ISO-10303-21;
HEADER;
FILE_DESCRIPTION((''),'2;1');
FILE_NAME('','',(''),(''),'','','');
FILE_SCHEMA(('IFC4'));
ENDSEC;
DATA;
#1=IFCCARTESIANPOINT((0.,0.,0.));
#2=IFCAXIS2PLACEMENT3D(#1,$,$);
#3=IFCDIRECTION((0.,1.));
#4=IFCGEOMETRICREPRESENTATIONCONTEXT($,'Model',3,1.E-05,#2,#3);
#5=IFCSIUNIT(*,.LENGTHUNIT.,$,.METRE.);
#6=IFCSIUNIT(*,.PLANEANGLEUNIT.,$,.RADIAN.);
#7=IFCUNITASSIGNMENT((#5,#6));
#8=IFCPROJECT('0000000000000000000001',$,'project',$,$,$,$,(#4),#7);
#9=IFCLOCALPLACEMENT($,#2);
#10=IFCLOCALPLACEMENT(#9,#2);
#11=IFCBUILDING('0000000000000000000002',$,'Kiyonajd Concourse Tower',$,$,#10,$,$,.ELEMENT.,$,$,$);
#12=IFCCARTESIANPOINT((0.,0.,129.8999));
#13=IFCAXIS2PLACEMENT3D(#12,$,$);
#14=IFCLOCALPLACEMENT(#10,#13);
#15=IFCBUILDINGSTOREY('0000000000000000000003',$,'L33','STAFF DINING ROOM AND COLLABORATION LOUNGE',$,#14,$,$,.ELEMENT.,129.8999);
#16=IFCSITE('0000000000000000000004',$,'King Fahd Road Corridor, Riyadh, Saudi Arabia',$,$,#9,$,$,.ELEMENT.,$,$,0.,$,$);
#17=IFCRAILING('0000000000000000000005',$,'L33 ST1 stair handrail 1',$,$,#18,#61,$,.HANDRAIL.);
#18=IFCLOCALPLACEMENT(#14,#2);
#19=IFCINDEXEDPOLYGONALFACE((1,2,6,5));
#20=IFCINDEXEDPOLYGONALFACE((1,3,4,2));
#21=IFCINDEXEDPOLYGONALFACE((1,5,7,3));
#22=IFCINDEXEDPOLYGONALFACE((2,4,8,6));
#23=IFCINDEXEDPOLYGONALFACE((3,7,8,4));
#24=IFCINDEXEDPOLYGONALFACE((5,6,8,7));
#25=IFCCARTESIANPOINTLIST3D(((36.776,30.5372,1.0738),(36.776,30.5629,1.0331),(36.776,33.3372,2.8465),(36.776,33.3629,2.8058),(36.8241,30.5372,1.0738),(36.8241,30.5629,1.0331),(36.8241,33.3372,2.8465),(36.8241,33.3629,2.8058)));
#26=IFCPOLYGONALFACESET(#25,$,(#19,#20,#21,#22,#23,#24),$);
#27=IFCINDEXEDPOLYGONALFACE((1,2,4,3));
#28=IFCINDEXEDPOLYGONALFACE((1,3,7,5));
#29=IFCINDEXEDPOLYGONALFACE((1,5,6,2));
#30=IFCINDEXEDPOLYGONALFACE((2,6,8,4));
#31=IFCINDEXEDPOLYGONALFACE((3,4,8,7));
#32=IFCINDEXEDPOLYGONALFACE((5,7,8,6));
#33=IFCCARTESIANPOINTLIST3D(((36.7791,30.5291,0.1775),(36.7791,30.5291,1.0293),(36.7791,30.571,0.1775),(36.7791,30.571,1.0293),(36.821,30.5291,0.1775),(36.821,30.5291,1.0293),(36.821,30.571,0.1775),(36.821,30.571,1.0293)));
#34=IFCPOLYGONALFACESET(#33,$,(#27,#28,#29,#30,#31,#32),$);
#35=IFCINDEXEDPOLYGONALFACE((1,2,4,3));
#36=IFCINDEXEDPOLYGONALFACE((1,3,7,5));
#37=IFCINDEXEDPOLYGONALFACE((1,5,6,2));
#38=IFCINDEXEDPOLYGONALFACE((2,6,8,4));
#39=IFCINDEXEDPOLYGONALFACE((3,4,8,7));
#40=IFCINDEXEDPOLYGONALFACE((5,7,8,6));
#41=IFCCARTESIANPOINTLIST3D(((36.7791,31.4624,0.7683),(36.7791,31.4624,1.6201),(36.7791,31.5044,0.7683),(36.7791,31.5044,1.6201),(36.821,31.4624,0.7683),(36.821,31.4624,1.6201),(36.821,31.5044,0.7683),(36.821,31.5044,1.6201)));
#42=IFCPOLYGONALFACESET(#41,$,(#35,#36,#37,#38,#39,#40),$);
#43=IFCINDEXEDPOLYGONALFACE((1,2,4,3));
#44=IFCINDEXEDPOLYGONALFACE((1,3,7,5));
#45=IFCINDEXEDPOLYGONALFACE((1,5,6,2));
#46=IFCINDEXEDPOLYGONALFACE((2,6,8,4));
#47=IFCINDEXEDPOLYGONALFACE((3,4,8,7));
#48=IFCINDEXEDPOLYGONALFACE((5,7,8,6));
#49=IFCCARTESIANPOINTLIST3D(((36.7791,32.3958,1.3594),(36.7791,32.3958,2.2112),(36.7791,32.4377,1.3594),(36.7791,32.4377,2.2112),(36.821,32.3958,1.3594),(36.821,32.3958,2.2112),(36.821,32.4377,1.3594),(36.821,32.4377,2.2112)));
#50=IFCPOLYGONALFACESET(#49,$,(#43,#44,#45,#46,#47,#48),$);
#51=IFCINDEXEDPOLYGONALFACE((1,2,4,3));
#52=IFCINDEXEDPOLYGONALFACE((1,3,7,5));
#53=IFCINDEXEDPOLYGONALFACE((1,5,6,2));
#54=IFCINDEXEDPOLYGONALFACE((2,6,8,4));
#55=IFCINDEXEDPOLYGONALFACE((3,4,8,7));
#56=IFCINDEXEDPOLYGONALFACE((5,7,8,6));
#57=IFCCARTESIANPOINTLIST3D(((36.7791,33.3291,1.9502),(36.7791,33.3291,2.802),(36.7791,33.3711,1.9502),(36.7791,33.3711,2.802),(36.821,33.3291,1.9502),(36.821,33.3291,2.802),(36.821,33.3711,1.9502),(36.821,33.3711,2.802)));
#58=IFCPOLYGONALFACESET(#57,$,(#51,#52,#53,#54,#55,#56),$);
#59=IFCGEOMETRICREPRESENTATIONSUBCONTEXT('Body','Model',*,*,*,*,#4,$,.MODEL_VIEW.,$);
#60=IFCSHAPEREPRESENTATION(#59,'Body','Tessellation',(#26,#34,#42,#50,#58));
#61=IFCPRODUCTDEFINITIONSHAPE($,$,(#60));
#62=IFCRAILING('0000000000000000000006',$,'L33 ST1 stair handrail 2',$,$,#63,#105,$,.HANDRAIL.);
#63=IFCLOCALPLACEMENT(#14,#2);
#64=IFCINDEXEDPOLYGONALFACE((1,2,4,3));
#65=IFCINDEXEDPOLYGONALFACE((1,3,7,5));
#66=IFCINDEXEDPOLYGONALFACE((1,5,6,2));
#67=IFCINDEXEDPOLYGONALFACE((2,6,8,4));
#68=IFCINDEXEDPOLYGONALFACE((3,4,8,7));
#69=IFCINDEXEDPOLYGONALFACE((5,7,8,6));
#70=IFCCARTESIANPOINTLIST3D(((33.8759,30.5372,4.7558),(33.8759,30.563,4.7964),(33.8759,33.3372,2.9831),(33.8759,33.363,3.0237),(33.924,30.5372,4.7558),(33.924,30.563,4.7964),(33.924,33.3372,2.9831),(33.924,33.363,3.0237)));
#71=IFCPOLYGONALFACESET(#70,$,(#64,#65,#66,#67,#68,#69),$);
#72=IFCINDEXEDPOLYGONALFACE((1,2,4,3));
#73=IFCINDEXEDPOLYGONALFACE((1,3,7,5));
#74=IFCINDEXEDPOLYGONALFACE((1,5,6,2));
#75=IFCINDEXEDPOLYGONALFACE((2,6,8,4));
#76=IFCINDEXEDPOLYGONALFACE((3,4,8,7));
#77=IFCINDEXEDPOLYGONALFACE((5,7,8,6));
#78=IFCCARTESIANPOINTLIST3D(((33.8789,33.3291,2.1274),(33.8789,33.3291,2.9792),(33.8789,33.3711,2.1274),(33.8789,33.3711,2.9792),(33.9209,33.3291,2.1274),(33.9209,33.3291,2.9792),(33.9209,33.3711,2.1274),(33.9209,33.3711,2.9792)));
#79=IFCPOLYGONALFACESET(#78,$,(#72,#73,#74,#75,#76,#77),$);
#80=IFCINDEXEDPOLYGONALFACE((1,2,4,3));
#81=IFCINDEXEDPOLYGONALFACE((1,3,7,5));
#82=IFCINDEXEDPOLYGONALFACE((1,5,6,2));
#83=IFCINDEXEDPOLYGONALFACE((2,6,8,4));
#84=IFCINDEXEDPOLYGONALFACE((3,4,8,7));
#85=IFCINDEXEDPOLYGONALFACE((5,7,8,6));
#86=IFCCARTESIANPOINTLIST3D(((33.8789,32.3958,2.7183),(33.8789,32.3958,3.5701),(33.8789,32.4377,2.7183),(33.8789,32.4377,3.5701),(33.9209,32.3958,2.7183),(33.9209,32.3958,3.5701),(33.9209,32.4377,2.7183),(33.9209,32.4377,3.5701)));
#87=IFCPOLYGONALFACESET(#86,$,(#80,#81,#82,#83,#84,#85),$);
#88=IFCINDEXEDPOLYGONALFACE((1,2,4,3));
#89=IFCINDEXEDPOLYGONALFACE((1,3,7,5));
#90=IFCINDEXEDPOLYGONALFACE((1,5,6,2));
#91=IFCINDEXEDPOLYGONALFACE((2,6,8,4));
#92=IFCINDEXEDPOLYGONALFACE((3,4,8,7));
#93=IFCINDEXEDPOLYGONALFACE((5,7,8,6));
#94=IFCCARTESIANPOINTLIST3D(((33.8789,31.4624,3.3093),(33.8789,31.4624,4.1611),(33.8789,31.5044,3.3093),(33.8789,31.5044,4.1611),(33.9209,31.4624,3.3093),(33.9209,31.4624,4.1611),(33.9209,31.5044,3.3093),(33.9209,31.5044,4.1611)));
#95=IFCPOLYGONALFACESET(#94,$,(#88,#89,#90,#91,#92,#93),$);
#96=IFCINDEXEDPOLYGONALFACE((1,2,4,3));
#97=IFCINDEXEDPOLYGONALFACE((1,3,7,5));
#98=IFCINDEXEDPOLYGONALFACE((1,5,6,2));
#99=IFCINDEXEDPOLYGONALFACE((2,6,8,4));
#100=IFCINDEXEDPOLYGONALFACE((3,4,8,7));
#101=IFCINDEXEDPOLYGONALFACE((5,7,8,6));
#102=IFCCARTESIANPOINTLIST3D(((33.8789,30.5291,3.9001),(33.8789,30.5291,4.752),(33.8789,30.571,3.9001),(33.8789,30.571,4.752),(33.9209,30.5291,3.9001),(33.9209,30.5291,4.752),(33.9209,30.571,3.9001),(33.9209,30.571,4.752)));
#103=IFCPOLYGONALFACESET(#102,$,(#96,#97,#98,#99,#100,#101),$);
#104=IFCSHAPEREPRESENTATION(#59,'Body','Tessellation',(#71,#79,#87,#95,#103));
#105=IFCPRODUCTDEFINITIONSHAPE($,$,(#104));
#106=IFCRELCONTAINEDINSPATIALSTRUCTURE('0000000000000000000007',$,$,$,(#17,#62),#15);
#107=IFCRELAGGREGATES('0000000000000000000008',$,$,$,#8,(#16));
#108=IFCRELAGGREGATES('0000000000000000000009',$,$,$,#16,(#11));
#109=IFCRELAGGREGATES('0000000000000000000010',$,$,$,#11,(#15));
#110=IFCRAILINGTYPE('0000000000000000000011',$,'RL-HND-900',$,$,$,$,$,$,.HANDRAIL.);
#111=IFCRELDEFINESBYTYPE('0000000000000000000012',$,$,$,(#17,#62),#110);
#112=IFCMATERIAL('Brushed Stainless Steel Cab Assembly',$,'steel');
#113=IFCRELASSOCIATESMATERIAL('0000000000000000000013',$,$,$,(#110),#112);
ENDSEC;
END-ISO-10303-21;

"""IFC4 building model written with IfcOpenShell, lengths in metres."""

from ifc_helpers import new_model, si_unit, direction, frame, origin, origin_2d, place, context, subcontext, project, spatial, rectangle, extrude, material, type_object, element, save


model = new_model("IFC4")

# Units and contexts
model_context = context("Model", 3, precision=1e-05, world=origin(), true_north=direction((0.0, 1.0)))
body_context = subcontext(model_context, "Body", "Model", "MODEL_VIEW")
ifc_project = project(units=[si_unit("LENGTHUNIT", "METRE"), si_unit("PLANEANGLEUNIT", "RADIAN")], contexts=[model_context])

# Site, building, storey
site_placement = place(None, origin())
site = spatial("IfcSite", under=ifc_project, at=site_placement, Name="King Fahd Road Corridor, Riyadh, Saudi Arabia", CompositionType="ELEMENT", RefElevation=0.0)
building_placement = place(site_placement, origin())
building = spatial("IfcBuilding", under=site, at=building_placement, Name="Kiyonajd Concourse Tower", CompositionType="ELEMENT")
storey_placement = place(building_placement, frame((0.0, 0.0, 129.8999)))
storey = spatial("IfcBuildingStorey", under=building, at=storey_placement, Name="L33", Description="STAFF DINING ROOM AND COLLABORATION LOUNGE", CompositionType="ELEMENT", Elevation=129.8999)

# Shared definitions
ifc_material_1 = material(Name="Brushed Stainless Steel Cab Assembly", Category="steel")

# Railings
railing_type_1 = type_object("IfcRailingType", Name="RL-HND-900", PredefinedType="HANDRAIL", material=ifc_material_1)
railing_1_placement = place(storey_placement, frame((36.8, 30.55, 0.1775)))
element("IfcRailing", 1, at=railing_1_placement, inside=storey, type_object=railing_type_1, Name="L33 ST1 stair handrail 1", PredefinedType="HANDRAIL", context=body_context, shape_type="SweptSolid", body=[
    extrude(rectangle(XDim=0.0481, YDim=0.0481, at=origin_2d()), frame((0.0, 0.0, 0.876), z_axis=(0.0, 0.844909, 0.53491), x_axis=(-1.0, 0.0, 0.0)), (0.0, 0.0, 1.0), 3.314),
    extrude(rectangle(XDim=0.042, YDim=0.042, at=origin_2d()), origin(), (0.0, 0.0, 1.0), 0.8518),
    extrude(rectangle(XDim=0.042, YDim=0.042, at=origin_2d()), frame((0.0, 0.9333, 0.5908)), (0.0, 0.0, 1.0), 0.8518),
    extrude(rectangle(XDim=0.042, YDim=0.042, at=origin_2d()), frame((0.0, 1.8667, 1.1819)), (0.0, 0.0, 1.0), 0.8518),
    extrude(rectangle(XDim=0.042, YDim=0.042, at=origin_2d()), frame((0.0, 2.8, 1.7727)), (0.0, 0.0, 1.0), 0.8518),
])
railing_2_placement = place(storey_placement, frame((33.8999, 33.3501, 2.1274)))
element("IfcRailing", 2, at=railing_2_placement, inside=storey, type_object=railing_type_1, Name="L33 ST1 stair handrail 2", PredefinedType="HANDRAIL", context=body_context, shape_type="SweptSolid", body=[
    extrude(rectangle(XDim=0.0481, YDim=0.0481, at=origin_2d()), frame((0.0, 0.0, 0.876), z_axis=(0.0, -0.844909, 0.53491), x_axis=(1.0, 0.0, 0.0)), (0.0, 0.0, 1.0), 3.314),
    extrude(rectangle(XDim=0.042, YDim=0.042, at=origin_2d()), origin(), (0.0, 0.0, 1.0), 0.8518),
    extrude(rectangle(XDim=0.042, YDim=0.042, at=origin_2d()), frame((0.0, -0.9333, 0.5908)), (0.0, 0.0, 1.0), 0.8518),
    extrude(rectangle(XDim=0.042, YDim=0.042, at=origin_2d()), frame((0.0, -1.8667, 1.1819)), (0.0, 0.0, 1.0), 0.8518),
    extrude(rectangle(XDim=0.042, YDim=0.042, at=origin_2d()), frame((0.0, -2.8, 1.7727)), (0.0, 0.0, 1.0), 0.8518),
])

save(model, "model.ifc")
